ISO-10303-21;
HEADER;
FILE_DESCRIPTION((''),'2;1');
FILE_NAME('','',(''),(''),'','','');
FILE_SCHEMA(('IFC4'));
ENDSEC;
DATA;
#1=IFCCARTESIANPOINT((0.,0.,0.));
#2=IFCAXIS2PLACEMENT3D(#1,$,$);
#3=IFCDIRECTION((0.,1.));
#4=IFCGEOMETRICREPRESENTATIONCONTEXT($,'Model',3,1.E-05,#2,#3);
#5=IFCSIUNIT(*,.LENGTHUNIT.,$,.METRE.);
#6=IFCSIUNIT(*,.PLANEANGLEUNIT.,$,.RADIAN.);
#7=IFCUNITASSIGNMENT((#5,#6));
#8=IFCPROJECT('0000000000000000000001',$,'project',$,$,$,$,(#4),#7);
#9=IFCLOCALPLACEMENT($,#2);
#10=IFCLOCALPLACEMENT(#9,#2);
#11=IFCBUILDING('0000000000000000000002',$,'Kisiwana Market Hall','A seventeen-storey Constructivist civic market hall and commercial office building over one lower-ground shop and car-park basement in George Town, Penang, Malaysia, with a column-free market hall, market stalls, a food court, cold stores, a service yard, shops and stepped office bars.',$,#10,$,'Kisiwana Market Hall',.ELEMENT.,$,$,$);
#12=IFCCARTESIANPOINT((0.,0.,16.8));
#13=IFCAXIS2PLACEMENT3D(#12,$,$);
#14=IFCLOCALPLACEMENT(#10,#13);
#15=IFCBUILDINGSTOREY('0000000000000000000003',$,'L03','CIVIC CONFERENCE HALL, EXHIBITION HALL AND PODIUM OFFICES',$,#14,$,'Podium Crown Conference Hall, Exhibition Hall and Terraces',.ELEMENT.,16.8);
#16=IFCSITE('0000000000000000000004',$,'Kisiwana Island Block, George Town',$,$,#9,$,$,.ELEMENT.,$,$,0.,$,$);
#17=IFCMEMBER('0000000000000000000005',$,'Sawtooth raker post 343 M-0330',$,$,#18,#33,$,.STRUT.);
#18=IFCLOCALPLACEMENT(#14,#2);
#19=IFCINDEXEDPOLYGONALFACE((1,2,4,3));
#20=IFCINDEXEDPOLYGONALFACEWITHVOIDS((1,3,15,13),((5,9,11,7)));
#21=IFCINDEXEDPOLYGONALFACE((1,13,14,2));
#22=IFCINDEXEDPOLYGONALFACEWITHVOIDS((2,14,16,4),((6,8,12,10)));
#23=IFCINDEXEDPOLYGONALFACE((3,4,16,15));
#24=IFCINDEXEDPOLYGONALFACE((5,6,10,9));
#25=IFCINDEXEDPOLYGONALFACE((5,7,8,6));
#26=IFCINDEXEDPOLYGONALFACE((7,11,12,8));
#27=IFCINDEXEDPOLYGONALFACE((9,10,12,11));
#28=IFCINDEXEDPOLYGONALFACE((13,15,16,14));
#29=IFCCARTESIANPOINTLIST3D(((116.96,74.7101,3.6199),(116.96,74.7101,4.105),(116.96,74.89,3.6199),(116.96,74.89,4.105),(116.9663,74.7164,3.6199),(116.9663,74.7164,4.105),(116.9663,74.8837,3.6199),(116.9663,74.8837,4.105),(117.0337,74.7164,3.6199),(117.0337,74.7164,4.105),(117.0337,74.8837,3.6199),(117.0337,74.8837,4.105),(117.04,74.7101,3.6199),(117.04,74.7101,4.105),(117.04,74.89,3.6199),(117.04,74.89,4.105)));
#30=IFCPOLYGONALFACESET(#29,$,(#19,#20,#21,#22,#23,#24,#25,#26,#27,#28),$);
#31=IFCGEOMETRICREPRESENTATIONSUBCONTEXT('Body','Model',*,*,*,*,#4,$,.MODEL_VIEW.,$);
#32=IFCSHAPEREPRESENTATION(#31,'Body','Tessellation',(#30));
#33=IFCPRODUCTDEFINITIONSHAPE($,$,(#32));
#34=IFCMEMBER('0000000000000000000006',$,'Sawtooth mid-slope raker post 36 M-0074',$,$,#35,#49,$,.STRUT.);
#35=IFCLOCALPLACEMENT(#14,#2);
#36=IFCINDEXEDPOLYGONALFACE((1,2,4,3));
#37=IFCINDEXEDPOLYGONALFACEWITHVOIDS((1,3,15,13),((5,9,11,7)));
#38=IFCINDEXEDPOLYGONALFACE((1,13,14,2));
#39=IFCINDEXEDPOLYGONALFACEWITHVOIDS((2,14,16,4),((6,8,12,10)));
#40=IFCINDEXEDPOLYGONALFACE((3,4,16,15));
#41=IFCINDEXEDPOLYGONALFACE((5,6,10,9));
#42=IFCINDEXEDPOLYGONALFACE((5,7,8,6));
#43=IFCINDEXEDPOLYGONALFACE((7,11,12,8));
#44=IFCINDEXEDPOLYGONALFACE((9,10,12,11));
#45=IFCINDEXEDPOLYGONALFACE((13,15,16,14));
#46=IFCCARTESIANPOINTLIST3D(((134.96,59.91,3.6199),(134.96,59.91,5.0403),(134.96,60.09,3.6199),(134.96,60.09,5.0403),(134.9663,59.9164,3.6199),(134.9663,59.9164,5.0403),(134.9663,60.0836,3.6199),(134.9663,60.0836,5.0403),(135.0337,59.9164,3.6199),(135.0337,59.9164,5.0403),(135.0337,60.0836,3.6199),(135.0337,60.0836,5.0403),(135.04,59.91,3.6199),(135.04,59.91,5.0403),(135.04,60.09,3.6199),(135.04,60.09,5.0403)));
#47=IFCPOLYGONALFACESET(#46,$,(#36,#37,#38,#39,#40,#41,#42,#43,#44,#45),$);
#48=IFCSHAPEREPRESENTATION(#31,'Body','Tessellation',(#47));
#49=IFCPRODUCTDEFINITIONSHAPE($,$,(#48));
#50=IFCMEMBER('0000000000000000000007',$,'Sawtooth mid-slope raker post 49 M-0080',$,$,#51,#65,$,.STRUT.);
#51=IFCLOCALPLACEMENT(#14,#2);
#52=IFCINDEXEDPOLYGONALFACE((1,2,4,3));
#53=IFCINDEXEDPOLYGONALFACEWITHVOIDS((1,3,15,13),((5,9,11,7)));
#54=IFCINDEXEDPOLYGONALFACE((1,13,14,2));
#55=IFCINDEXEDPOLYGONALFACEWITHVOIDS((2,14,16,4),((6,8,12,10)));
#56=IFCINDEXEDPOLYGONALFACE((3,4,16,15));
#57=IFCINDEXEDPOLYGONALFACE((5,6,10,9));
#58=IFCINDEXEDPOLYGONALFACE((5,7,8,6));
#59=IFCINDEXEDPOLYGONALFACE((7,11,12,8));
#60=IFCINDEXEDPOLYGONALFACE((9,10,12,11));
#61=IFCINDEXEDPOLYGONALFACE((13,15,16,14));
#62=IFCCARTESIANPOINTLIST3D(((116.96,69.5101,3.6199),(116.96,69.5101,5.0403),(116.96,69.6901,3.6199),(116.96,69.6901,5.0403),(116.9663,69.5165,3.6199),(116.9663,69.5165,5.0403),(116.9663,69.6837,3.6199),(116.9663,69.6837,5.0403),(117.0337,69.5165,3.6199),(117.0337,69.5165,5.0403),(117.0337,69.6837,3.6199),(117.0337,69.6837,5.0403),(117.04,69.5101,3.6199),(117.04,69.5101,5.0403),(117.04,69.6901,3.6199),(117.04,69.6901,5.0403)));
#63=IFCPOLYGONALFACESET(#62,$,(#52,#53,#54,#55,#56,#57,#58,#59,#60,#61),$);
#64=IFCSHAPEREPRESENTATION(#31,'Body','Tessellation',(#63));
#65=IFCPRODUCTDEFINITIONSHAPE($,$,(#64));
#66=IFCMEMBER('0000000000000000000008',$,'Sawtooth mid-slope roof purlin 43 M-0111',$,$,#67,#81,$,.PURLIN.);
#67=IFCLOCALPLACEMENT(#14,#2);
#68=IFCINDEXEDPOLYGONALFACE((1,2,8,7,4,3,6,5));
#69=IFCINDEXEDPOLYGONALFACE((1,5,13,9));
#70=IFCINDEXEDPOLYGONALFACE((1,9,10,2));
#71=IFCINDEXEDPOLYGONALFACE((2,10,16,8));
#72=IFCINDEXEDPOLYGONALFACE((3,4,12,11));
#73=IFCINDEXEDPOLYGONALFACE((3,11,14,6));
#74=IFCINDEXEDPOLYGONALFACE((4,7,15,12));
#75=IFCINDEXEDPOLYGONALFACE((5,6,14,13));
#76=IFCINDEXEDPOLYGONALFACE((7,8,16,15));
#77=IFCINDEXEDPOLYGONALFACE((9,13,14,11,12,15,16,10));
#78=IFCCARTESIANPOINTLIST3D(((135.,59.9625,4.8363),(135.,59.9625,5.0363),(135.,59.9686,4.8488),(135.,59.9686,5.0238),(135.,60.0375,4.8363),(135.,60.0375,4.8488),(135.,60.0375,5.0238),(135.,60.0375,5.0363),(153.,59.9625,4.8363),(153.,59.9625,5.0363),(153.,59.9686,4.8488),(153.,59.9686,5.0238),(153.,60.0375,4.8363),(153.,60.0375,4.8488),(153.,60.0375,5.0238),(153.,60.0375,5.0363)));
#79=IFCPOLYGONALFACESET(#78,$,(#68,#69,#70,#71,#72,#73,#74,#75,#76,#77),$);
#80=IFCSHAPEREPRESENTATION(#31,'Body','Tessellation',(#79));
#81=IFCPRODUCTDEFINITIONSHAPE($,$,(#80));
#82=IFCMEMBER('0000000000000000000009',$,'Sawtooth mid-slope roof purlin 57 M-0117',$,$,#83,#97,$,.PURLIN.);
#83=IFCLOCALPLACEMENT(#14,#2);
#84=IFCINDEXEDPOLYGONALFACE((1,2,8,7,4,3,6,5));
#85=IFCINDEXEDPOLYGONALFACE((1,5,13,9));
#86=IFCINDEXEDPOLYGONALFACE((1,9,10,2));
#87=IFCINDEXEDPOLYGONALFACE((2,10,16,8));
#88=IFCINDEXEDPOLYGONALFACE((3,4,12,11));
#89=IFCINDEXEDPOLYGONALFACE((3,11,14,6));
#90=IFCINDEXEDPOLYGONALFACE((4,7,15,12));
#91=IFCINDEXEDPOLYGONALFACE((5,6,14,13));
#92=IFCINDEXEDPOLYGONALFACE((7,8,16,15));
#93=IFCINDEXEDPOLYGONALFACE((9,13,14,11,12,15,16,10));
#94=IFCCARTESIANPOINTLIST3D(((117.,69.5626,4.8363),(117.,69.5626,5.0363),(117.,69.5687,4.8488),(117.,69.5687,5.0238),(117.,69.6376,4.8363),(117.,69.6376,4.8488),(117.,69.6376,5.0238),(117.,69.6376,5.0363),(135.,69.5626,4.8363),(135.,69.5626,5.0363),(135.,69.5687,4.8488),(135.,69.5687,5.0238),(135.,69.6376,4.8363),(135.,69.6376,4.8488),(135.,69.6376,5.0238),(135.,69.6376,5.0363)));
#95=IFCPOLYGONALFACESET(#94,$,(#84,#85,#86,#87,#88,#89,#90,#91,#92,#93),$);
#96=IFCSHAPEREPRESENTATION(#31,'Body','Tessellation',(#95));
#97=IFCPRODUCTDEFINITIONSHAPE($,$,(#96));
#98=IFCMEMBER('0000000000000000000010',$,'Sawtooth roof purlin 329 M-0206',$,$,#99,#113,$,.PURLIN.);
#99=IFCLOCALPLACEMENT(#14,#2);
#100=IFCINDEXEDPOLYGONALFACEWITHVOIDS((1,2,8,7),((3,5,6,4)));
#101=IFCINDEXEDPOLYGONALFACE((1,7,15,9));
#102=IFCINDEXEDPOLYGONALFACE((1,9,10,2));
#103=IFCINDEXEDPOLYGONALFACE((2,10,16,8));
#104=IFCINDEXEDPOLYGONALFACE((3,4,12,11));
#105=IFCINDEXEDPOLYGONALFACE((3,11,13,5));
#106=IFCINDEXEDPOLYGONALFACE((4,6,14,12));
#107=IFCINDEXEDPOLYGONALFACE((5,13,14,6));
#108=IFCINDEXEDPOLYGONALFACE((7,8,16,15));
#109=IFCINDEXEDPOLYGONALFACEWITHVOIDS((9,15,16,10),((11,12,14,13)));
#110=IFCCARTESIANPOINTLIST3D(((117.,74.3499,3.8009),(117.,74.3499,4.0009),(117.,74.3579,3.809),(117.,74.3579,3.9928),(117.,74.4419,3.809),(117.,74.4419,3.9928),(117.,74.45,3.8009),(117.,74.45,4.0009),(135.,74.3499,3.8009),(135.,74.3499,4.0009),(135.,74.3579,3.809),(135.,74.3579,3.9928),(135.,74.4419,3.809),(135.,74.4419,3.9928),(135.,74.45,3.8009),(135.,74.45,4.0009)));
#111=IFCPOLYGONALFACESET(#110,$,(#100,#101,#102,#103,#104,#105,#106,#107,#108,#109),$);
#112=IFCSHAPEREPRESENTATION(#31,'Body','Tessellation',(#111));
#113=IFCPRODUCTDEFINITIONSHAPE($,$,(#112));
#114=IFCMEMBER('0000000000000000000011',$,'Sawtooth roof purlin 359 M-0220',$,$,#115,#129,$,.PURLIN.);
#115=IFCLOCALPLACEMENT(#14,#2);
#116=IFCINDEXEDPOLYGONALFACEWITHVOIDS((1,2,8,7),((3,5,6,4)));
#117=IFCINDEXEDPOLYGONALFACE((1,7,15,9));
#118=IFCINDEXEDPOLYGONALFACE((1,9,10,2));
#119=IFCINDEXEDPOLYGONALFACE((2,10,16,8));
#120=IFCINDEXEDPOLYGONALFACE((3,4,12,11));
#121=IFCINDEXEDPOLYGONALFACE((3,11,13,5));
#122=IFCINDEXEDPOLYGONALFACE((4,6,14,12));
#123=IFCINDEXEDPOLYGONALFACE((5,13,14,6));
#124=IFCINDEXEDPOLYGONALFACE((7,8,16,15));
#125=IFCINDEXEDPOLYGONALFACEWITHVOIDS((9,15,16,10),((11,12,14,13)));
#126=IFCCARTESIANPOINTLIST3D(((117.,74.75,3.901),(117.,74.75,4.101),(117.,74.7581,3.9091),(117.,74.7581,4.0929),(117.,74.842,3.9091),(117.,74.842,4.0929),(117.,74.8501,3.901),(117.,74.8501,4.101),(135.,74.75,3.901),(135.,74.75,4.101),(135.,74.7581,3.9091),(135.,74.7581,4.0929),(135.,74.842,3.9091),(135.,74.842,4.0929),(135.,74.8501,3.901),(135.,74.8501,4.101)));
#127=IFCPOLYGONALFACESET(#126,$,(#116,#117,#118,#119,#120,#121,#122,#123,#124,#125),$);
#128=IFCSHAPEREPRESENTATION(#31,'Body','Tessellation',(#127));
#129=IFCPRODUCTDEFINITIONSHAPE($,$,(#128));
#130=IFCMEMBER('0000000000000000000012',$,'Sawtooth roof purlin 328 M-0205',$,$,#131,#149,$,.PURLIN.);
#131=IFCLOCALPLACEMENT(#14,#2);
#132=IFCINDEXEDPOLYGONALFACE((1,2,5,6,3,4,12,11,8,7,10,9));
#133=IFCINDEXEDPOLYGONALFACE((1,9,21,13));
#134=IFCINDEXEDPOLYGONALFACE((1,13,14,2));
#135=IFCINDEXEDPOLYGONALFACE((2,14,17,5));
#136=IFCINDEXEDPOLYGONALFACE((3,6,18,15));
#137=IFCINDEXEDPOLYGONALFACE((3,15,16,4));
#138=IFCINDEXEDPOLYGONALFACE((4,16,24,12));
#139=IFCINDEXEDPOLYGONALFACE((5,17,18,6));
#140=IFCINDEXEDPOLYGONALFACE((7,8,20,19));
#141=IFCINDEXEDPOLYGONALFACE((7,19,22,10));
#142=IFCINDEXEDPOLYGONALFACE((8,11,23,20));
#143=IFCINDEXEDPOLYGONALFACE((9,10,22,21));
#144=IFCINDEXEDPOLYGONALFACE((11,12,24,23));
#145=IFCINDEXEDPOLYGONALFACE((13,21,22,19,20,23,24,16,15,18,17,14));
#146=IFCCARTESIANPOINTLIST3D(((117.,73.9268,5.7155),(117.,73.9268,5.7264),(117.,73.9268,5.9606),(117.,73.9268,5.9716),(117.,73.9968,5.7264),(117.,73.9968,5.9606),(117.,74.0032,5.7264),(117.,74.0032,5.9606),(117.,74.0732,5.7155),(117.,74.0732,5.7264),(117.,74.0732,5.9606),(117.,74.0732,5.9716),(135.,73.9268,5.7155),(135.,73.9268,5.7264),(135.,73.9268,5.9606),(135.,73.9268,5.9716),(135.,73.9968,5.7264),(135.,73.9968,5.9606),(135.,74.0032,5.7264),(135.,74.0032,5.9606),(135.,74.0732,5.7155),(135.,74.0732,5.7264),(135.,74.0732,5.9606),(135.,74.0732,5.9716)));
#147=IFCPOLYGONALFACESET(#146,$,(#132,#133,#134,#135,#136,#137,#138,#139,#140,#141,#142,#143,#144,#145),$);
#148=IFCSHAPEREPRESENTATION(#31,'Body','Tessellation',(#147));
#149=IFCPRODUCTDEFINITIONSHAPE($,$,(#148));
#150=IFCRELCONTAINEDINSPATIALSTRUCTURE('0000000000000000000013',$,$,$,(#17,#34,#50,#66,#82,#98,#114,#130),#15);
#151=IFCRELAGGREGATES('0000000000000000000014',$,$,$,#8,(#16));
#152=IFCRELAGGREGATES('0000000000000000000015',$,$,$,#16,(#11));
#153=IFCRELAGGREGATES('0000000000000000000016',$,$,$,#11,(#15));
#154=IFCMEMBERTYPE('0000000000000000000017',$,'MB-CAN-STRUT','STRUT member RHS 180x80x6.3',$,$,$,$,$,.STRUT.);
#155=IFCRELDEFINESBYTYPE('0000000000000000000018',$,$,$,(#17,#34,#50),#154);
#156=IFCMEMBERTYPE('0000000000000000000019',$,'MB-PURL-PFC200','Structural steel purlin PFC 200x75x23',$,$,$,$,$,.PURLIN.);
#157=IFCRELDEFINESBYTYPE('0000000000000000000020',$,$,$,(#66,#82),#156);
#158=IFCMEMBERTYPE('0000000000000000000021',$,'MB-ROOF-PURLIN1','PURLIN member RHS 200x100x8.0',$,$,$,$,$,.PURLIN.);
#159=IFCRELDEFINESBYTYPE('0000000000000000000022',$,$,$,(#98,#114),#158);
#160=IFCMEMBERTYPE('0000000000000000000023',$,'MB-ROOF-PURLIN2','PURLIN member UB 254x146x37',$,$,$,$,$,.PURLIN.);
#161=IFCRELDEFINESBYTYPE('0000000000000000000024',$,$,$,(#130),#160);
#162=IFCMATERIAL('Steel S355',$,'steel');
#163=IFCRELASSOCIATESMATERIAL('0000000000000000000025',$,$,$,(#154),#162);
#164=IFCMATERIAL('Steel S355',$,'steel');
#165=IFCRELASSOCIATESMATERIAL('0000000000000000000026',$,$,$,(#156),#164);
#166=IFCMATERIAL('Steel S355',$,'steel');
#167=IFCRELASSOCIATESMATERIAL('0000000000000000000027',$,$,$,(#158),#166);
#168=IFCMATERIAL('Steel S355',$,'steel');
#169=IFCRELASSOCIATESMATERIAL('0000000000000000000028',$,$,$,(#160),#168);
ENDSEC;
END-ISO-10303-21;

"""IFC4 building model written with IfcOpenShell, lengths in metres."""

from ifc_helpers import new_model, si_unit, direction, frame, origin, origin_2d, place, context, subcontext, project, spatial, hollow_rectangle, i_section, u_section, extrude, material, material_profile, profile_set, type_object, element, save


model = new_model("IFC4")

# Units and contexts
model_context = context("Model", 3, precision=1e-05, world=origin(), true_north=direction((0.0, 1.0)))
body_context = subcontext(model_context, "Body", "Model", "MODEL_VIEW")
ifc_project = project(units=[si_unit("LENGTHUNIT", "METRE"), si_unit("PLANEANGLEUNIT", "RADIAN")], contexts=[model_context])

# Site, building, storey
site_placement = place(None, origin())
site = spatial("IfcSite", under=ifc_project, at=site_placement, Name="Kisiwana Island Block, George Town", CompositionType="ELEMENT", RefElevation=0.0)
building_placement = place(site_placement, origin())
building = spatial("IfcBuilding", under=site, at=building_placement, Name="Kisiwana Market Hall", Description="A seventeen-storey Constructivist civic market hall and commercial office building over one lower-ground shop and car-park basement in George Town, Penang, Malaysia, with a column-free market hall, market stalls, a food court, cold stores, a service yard, shops and stepped office bars.", LongName="Kisiwana Market Hall", CompositionType="ELEMENT")
storey_placement = place(building_placement, frame((0.0, 0.0, 16.8)))
storey = spatial("IfcBuildingStorey", under=building, at=storey_placement, Name="L03", Description="CIVIC CONFERENCE HALL, EXHIBITION HALL AND PODIUM OFFICES", LongName="Podium Crown Conference Hall, Exhibition Hall and Terraces", CompositionType="ELEMENT", Elevation=16.8)

# Members
ifc_material_1 = material(Name="Steel S355", Category="steel")
ifc_material_profile_1 = material_profile(ifc_material_1, hollow_rectangle(XDim=0.0801, YDim=0.1799, WallThickness=0.0063, at=origin_2d()), Name="RHS 180x80x6.3")
ifc_profile_set_1 = profile_set([ifc_material_profile_1], Name="Steel S355")
member_type_1 = type_object("IfcMemberType", Name="MB-CAN-STRUT", Description="STRUT member RHS 180x80x6.3", PredefinedType="STRUT", material=ifc_profile_set_1)
member_1_placement = place(storey_placement, frame((117.0, 74.8, 3.6199), z_axis=(0.0, 0.0, 1.0), x_axis=(1.0, 0.0, 0.0)))
element("IfcMember", 1, at=member_1_placement, inside=storey, type_object=member_type_1, Name="Sawtooth raker post 343 M-0330", PredefinedType="STRUT", context=body_context, shape_type="SweptSolid", body=[
    extrude(hollow_rectangle(XDim=0.0801, YDim=0.1799, WallThickness=0.0063, at=origin_2d()), origin(), (0.0, 0.0, 1.0), 0.4851),
])
for number, where, z_axis, x_axis, name in (
    (2, (135.0, 60.0, 3.6199), (0.0, 0.0, 1.0), (1.0, 0.0, 0.0), "Sawtooth mid-slope raker post 36 M-0074"),
    (3, (117.0, 69.6001, 3.6199), (0.0, 0.0, 1.0), (1.0, 0.0, 0.0), "Sawtooth mid-slope raker post 49 M-0080"),
):
    element("IfcMember", number, at=place(storey_placement, frame(where, z_axis=z_axis, x_axis=x_axis)), inside=storey, type_object=member_type_1, Name=name, PredefinedType="STRUT", context=body_context, shape_type="SweptSolid", body=[
        extrude(hollow_rectangle(XDim=0.0801, YDim=0.1799, WallThickness=0.0063, at=origin_2d()), origin(), (0.0, 0.0, 1.0), 1.4204),
    ])
ifc_material_2 = material(Name="Steel S355", Category="steel")
ifc_material_profile_2 = material_profile(ifc_material_2, u_section(Depth=0.2, FlangeWidth=0.075, WebThickness=0.0061, FlangeThickness=0.0125, at=origin_2d()), Name="PFC 200x75x23")
ifc_profile_set_2 = profile_set([ifc_material_profile_2], Name="Steel S355")
member_type_2 = type_object("IfcMemberType", Name="MB-PURL-PFC200", Description="Structural steel purlin PFC 200x75x23", PredefinedType="PURLIN", material=ifc_profile_set_2)
for number, where, z_axis, x_axis, name in (
    (4, (135.0, 60.0, 4.9363), (1.0, 0.0, 0.0), (0.0, 1.0, 0.0), "Sawtooth mid-slope roof purlin 43 M-0111"),
    (5, (117.0, 69.6001, 4.9363), (1.0, 0.0, 0.0), (0.0, 1.0, 0.0), "Sawtooth mid-slope roof purlin 57 M-0117"),
):
    element("IfcMember", number, at=place(storey_placement, frame(where, z_axis=z_axis, x_axis=x_axis)), inside=storey, type_object=member_type_2, Name=name, PredefinedType="PURLIN", context=body_context, shape_type="SweptSolid", body=[
        extrude(u_section(Depth=0.2, FlangeWidth=0.075, WebThickness=0.0061, FlangeThickness=0.0125, at=origin_2d()), origin(), (0.0, 0.0, 1.0), 18.0),
    ])
ifc_material_3 = material(Name="Steel S355", Category="steel")
ifc_material_profile_3 = material_profile(ifc_material_3, hollow_rectangle(XDim=0.1001, YDim=0.2, WallThickness=0.0081, at=origin_2d()), Name="RHS 200x100x8.0")
ifc_profile_set_3 = profile_set([ifc_material_profile_3], Name="Steel S355")
member_type_3 = type_object("IfcMemberType", Name="MB-ROOF-PURLIN1", Description="PURLIN member RHS 200x100x8.0", PredefinedType="PURLIN", material=ifc_profile_set_3)
for number, where, z_axis, x_axis, name in (
    (6, (117.0, 74.3999, 3.9009), (1.0, 0.0, 0.0), (0.0, 1.0, 0.0), "Sawtooth roof purlin 329 M-0206"),
    (7, (117.0, 74.8, 4.001), (1.0, 0.0, 0.0), (0.0, 1.0, 0.0), "Sawtooth roof purlin 359 M-0220"),
):
    element("IfcMember", number, at=place(storey_placement, frame(where, z_axis=z_axis, x_axis=x_axis)), inside=storey, type_object=member_type_3, Name=name, PredefinedType="PURLIN", context=body_context, shape_type="SweptSolid", body=[
        extrude(hollow_rectangle(XDim=0.1001, YDim=0.2, WallThickness=0.0081, at=origin_2d()), origin(), (0.0, 0.0, 1.0), 18.0),
    ])
ifc_material_4 = material(Name="Steel S355", Category="steel")
ifc_material_profile_4 = material_profile(ifc_material_4, i_section(OverallWidth=0.1465, OverallDepth=0.2561, WebThickness=0.0063, FlangeThickness=0.011, at=origin_2d()), Name="UB 254x146x37")
ifc_profile_set_4 = profile_set([ifc_material_profile_4], Name="Steel S355")
member_type_4 = type_object("IfcMemberType", Name="MB-ROOF-PURLIN2", Description="PURLIN member UB 254x146x37", PredefinedType="PURLIN", material=ifc_profile_set_4)
member_2_placement = place(storey_placement, frame((117.0, 74.0, 5.8435), z_axis=(1.0, 0.0, 0.0), x_axis=(0.0, 1.0, 0.0)))
element("IfcMember", 8, at=member_2_placement, inside=storey, type_object=member_type_4, Name="Sawtooth roof purlin 328 M-0205", PredefinedType="PURLIN", context=body_context, shape_type="SweptSolid", body=[
    extrude(i_section(OverallWidth=0.1465, OverallDepth=0.2561, WebThickness=0.0063, FlangeThickness=0.011, at=origin_2d()), origin(), (0.0, 0.0, 1.0), 18.0),
])

save(model, "model.ifc")
